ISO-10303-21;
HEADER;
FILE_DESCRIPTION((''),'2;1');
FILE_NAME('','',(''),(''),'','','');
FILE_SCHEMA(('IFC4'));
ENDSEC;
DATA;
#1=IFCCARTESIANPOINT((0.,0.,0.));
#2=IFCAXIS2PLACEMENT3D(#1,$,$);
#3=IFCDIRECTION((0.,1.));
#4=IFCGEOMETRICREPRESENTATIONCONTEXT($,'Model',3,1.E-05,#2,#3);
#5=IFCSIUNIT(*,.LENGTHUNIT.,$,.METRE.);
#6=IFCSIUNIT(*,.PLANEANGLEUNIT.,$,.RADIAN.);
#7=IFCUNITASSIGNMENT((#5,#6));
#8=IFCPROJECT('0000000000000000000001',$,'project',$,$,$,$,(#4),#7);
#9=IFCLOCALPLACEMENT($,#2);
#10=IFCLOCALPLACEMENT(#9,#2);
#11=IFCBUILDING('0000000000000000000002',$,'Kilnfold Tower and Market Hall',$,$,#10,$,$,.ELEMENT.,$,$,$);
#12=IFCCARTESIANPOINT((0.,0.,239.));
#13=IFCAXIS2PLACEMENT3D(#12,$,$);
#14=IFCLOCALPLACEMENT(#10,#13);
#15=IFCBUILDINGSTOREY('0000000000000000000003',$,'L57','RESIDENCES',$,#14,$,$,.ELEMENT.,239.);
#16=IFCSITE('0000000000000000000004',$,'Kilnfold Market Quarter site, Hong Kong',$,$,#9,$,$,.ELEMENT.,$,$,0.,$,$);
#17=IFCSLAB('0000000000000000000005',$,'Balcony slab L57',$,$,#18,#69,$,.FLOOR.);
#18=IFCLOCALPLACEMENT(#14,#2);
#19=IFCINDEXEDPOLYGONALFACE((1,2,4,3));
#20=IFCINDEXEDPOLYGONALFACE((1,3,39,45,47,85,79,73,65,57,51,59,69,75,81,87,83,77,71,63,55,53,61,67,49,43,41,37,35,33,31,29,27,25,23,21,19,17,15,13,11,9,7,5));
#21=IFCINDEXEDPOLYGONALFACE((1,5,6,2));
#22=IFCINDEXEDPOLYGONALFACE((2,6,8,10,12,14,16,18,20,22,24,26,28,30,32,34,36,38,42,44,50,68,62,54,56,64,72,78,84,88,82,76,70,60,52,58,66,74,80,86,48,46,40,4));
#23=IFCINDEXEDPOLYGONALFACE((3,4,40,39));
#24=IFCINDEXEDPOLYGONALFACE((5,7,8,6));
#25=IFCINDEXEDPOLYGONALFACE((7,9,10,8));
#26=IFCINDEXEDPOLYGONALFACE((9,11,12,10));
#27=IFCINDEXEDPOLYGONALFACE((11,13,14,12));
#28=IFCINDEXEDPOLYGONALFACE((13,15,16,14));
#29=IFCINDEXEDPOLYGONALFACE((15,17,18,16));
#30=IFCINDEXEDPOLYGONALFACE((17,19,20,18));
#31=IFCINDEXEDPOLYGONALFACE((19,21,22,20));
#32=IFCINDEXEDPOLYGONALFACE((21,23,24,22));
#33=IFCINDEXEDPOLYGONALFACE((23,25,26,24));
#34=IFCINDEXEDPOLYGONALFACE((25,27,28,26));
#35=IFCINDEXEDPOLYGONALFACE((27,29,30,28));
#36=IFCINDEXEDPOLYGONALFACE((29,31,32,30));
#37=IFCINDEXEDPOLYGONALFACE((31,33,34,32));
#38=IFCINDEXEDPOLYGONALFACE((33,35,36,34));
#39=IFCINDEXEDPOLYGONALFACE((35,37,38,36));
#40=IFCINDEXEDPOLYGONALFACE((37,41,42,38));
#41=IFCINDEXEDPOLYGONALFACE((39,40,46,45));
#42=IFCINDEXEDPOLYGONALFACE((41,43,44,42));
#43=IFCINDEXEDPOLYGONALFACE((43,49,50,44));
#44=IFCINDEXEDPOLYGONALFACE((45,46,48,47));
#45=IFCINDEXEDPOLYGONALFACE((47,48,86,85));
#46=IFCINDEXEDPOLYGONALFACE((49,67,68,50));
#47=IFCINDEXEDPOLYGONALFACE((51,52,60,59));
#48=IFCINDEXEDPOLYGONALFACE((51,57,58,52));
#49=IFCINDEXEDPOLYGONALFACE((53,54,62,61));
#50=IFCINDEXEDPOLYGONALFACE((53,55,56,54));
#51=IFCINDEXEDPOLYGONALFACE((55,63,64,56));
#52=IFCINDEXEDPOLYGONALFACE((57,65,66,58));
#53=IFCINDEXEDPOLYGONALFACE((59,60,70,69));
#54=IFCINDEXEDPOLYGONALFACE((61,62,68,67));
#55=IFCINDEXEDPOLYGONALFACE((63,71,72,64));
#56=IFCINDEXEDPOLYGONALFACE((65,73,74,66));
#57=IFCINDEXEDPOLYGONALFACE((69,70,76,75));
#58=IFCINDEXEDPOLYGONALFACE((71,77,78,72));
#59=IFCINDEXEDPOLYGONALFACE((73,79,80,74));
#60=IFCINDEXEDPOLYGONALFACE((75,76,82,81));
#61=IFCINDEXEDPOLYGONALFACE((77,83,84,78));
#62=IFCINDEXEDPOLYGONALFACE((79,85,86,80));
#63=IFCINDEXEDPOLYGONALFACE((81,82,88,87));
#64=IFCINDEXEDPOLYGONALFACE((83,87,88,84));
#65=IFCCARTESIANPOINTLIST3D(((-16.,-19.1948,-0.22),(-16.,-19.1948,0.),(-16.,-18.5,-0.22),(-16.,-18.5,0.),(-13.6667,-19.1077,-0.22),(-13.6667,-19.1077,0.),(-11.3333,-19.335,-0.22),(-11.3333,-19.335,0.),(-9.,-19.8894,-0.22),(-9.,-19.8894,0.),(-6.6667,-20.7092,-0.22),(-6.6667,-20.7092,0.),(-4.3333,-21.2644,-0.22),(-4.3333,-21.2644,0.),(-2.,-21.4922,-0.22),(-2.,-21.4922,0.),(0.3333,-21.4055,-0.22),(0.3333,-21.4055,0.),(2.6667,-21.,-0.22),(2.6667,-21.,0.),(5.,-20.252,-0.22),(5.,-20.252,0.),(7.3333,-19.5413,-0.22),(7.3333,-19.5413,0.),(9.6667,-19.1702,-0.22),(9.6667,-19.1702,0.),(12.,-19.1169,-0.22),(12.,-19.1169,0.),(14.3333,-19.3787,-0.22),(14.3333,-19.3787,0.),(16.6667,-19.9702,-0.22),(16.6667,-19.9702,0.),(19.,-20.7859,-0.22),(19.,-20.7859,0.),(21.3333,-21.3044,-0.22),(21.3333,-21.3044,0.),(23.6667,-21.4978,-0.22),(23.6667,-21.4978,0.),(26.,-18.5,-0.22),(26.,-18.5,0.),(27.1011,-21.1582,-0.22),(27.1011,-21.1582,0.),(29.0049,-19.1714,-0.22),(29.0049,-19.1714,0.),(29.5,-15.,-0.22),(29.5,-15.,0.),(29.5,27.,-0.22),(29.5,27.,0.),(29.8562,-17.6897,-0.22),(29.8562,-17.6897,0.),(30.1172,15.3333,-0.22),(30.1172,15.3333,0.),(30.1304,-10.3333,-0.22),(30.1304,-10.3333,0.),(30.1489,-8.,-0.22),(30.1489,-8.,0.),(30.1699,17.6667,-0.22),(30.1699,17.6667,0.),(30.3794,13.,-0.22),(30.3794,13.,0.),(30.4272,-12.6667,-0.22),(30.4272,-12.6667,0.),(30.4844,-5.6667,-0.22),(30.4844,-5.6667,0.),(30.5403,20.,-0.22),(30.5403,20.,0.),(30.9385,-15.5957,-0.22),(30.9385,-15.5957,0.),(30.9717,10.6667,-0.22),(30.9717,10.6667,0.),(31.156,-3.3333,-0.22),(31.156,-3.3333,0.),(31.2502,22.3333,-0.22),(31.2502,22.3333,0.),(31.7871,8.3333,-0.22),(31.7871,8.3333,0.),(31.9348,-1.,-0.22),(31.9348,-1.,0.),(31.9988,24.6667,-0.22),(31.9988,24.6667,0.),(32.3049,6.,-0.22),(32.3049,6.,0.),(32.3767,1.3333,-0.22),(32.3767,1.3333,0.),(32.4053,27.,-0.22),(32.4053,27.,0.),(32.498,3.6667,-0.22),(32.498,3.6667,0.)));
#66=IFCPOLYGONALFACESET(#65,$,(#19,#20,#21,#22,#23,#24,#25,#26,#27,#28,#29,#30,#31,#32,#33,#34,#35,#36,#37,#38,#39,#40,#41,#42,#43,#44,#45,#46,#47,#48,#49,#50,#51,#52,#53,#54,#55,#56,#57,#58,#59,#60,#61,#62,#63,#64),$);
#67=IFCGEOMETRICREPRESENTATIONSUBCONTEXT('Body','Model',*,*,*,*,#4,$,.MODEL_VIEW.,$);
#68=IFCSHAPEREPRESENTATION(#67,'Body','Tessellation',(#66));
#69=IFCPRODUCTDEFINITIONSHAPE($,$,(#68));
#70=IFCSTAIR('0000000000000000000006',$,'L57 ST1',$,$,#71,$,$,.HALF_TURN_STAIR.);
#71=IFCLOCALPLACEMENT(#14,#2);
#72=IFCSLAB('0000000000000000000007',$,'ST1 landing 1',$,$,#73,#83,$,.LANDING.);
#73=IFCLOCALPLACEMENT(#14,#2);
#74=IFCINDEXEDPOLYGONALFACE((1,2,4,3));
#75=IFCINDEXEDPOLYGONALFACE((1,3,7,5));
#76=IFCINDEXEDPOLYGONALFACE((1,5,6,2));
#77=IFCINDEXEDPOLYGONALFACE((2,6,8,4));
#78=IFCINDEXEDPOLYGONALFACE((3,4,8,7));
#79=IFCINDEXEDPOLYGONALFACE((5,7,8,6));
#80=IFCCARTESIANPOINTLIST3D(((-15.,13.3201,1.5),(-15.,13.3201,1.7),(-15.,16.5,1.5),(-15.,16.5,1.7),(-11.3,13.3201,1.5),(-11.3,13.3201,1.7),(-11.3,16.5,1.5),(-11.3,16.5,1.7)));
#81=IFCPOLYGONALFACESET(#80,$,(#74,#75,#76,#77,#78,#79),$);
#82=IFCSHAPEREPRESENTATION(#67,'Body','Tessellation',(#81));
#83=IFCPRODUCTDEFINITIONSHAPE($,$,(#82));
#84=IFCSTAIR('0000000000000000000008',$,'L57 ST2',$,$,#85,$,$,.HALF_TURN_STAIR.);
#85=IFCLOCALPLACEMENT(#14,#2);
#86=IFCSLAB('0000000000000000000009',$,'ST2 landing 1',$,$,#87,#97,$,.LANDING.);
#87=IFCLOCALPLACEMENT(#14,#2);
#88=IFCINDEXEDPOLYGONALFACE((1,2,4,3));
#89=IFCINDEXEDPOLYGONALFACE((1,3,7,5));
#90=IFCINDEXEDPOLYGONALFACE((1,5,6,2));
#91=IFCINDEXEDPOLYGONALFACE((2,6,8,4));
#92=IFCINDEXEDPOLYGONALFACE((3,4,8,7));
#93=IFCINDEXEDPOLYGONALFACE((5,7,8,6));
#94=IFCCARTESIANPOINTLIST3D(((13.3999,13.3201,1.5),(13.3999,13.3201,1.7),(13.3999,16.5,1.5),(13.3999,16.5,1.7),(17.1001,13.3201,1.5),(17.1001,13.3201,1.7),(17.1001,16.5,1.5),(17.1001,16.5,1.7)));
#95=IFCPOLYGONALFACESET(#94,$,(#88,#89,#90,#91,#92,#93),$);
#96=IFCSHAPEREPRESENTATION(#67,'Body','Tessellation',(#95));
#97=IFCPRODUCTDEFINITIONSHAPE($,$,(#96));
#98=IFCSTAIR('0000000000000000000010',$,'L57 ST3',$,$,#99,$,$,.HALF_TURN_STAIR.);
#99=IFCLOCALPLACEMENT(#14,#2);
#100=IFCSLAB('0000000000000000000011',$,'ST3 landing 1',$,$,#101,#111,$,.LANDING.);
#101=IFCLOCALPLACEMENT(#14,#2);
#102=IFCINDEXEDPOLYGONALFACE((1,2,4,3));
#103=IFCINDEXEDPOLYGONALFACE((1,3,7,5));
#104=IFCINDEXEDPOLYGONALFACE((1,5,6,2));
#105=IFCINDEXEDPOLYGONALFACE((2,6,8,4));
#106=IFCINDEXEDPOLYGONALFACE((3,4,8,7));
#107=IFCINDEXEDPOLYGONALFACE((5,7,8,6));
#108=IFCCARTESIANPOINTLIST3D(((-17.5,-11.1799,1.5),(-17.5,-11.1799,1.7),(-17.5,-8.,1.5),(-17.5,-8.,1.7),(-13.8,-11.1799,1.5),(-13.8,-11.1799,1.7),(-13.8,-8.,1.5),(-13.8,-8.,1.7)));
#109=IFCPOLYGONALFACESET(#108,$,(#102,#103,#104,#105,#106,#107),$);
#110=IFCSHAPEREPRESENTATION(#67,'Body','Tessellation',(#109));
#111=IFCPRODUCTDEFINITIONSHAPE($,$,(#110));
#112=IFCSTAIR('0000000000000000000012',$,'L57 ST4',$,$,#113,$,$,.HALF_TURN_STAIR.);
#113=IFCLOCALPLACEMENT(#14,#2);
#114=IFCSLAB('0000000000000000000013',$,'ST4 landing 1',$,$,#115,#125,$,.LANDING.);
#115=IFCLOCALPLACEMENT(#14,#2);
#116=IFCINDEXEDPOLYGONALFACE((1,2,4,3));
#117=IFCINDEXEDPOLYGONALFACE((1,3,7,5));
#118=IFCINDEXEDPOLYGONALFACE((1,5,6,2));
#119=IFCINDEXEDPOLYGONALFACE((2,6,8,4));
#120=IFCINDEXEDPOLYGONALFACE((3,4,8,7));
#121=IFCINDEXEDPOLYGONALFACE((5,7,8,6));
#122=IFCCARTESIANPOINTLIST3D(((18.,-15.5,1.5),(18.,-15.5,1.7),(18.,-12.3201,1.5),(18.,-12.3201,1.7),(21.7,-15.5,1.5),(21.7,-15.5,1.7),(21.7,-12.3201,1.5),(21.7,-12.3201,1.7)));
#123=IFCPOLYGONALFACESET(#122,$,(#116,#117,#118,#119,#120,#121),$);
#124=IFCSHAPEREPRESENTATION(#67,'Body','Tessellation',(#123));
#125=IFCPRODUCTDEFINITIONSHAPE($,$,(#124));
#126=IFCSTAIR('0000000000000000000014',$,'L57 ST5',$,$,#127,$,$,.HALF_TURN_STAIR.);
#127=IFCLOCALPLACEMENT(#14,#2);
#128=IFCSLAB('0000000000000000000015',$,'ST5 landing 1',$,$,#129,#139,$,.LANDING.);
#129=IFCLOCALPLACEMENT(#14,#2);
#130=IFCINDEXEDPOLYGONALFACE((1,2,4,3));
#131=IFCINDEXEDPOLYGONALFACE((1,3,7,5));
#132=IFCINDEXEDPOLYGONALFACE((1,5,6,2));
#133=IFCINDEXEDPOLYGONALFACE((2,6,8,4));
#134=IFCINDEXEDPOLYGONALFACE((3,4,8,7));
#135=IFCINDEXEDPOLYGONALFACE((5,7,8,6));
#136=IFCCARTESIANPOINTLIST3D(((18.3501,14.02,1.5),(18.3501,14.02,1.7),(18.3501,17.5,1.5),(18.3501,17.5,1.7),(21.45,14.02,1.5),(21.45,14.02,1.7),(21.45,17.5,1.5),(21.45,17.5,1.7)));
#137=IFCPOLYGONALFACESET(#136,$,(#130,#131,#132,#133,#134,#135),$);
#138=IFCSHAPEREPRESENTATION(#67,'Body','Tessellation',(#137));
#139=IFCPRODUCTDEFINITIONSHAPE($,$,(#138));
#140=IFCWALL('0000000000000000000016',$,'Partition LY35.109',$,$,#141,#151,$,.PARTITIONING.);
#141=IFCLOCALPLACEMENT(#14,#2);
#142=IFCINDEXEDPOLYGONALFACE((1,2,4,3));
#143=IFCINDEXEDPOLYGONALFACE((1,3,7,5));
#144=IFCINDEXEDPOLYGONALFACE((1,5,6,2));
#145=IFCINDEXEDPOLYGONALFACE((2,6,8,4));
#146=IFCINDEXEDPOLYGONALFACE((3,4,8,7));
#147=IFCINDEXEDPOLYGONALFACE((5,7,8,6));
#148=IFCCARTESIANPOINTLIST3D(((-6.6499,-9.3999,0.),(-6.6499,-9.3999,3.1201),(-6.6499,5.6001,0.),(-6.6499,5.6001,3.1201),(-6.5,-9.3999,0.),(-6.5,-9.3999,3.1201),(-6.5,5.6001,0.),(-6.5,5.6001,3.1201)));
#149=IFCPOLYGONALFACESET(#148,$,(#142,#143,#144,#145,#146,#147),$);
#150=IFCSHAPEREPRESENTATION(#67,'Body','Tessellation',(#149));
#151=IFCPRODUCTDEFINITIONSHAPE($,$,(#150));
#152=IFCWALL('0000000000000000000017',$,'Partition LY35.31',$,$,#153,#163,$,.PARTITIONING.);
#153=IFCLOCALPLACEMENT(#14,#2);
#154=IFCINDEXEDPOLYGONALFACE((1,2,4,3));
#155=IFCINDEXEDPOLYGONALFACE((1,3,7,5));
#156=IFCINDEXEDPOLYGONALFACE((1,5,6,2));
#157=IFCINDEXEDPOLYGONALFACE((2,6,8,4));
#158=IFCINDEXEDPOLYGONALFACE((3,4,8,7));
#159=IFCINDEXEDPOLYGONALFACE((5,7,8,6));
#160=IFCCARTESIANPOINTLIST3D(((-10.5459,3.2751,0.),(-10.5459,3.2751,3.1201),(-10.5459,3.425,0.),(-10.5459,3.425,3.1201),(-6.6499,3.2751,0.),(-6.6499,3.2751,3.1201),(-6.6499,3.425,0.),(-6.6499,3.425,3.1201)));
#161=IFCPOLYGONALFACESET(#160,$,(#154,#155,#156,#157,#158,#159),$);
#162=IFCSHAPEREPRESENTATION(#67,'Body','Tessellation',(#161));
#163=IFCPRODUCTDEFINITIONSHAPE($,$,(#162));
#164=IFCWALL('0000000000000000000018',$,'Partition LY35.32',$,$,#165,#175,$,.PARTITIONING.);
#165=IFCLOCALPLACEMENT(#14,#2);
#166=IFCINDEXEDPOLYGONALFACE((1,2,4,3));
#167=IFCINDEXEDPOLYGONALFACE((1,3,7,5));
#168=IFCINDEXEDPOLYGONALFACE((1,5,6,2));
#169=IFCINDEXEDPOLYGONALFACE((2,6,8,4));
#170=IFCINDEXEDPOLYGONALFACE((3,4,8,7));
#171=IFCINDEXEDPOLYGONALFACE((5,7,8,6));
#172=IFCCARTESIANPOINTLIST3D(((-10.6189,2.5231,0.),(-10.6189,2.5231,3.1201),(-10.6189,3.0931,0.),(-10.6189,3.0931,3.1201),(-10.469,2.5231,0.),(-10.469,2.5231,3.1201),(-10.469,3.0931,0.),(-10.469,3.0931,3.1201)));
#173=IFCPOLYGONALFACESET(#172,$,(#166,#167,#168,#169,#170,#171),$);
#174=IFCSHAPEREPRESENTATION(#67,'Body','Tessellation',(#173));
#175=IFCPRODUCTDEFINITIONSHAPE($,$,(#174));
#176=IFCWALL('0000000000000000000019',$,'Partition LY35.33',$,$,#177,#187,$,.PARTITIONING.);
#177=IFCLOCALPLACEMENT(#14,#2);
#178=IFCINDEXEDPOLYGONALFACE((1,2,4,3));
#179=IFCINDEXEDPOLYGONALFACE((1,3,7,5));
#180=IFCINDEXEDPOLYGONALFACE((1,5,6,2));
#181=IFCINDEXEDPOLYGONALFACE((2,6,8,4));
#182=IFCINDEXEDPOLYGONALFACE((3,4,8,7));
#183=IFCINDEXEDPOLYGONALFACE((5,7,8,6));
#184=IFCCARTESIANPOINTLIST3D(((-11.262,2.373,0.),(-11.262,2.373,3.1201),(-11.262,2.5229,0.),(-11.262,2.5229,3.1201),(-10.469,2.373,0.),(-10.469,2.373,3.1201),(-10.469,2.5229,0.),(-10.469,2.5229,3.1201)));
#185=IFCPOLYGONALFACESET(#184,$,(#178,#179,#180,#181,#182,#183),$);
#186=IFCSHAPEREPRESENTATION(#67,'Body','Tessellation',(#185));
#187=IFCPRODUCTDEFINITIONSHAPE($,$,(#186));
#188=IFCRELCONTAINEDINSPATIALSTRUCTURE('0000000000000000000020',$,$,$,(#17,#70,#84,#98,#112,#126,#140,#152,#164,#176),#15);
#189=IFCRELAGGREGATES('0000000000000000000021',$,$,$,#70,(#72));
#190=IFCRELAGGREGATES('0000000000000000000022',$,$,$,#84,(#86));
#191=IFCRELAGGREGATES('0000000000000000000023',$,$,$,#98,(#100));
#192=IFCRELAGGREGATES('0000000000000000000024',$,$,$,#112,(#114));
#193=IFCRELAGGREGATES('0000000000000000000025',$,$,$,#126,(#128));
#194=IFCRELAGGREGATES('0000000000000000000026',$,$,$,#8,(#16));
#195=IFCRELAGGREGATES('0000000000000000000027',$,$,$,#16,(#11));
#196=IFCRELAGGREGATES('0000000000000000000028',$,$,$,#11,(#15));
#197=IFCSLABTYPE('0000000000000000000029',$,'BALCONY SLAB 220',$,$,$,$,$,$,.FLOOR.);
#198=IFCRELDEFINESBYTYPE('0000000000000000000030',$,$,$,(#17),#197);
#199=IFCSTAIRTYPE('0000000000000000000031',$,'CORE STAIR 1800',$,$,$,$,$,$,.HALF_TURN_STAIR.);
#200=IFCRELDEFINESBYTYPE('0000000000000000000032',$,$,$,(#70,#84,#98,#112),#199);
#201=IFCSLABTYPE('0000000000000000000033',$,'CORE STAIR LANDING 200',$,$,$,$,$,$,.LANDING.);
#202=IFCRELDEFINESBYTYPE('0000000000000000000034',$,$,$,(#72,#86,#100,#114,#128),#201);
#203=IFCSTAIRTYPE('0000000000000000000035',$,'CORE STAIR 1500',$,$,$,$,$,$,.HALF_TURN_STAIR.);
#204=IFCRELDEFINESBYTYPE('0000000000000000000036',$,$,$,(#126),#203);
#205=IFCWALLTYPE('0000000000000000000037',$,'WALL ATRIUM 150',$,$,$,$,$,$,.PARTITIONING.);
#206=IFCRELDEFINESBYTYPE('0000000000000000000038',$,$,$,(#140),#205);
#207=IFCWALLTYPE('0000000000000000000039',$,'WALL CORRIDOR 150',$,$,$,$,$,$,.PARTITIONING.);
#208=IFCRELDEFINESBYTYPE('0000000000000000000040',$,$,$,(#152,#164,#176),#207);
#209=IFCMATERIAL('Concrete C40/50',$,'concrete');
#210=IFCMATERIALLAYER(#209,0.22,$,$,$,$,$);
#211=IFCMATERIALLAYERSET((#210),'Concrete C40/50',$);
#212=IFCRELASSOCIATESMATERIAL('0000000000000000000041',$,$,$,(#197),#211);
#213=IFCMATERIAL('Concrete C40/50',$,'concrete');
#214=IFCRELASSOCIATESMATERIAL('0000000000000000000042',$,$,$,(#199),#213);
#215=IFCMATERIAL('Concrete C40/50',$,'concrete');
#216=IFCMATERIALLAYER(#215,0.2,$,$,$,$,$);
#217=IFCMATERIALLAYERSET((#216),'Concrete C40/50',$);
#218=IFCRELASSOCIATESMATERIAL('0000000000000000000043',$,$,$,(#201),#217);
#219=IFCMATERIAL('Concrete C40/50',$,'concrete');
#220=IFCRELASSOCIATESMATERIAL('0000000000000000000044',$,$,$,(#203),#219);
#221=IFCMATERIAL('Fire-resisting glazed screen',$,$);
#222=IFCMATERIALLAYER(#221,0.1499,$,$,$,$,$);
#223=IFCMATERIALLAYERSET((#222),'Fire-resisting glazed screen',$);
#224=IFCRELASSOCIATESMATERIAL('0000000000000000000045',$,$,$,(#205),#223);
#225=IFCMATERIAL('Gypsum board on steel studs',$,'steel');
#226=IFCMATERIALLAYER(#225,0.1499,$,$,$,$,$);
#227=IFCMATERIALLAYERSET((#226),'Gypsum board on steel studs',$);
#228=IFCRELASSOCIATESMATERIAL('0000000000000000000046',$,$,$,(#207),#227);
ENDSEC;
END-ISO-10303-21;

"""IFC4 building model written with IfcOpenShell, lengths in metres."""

from ifc_helpers import new_model, si_unit, direction, frame, frame_2d, origin, place, context, subcontext, project, spatial, polyline, rectangle, outline, extrude, source, transform, mapped, material, layer, layer_set, type_object, element, aggregate, save


model = new_model("IFC4")

# Units and contexts
model_context = context("Model", 3, precision=1e-05, world=origin(), true_north=direction((0.0, 1.0)))
body_context = subcontext(model_context, "Body", "Model", "MODEL_VIEW")
ifc_project = project(units=[si_unit("LENGTHUNIT", "METRE"), si_unit("PLANEANGLEUNIT", "RADIAN")], contexts=[model_context])

# Site, building, storey
site_placement = place(None, origin())
site = spatial("IfcSite", under=ifc_project, at=site_placement, Name="Kilnfold Market Quarter site, Hong Kong", CompositionType="ELEMENT", RefElevation=0.0)
building_placement = place(site_placement, origin())
building = spatial("IfcBuilding", under=site, at=building_placement, Name="Kilnfold Tower and Market Hall", CompositionType="ELEMENT")
storey_placement = place(building_placement, frame((0.0, 0.0, 239.0)))
storey = spatial("IfcBuildingStorey", under=building, at=storey_placement, Name="L57", Description="RESIDENCES", CompositionType="ELEMENT", Elevation=239.0)

# Slab
ifc_material_1 = material(Name="Concrete C40/50", Category="concrete")
ifc_layer_1 = layer(ifc_material_1, 0.22)
ifc_layer_set_1 = layer_set([ifc_layer_1], Name="Concrete C40/50")
slab_type_1 = type_object("IfcSlabType", Name="BALCONY SLAB 220", PredefinedType="FLOOR", material=ifc_layer_set_1)
shared_shape_1 = source(origin(), body_context, "Body", "SweptSolid", [
    extrude(outline(polyline([(-16.0, -18.5), (26.0, -18.5), (29.5, -15.0), (29.5, 27.0), (32.4053, 27.0), (31.9988, 24.6667), (31.2502, 22.3333), (30.5403, 20.0), (30.1699, 17.6667), (30.1172, 15.3333), (30.3794, 13.0), (30.9717, 10.6667), (31.7871, 8.3333), (32.3049, 6.0), (32.498, 3.6667), (32.3767, 1.3333), (31.9348, -1.0), (31.156, -3.3333), (30.4844, -5.6667), (30.1489, -8.0), (30.1304, -10.3333), (30.4272, -12.6667), (30.9385, -15.5957), (29.8562, -17.6897), (29.0049, -19.1714), (27.1011, -21.1582), (23.6667, -21.4978), (21.3333, -21.3044), (19.0, -20.7859), (16.6667, -19.9702), (14.3333, -19.3787), (12.0, -19.1169), (9.6667, -19.1702), (7.3333, -19.5413), (5.0, -20.252), (2.6667, -21.0), (0.3333, -21.4055), (-2.0, -21.4922), (-4.3333, -21.2644), (-6.6667, -20.7092), (-9.0, -19.8894), (-11.3333, -19.335), (-13.6667, -19.1077), (-16.0, -19.1948), (-16.0, -18.5)])), origin(), (0.0, 0.0, 1.0), 0.22),
])
slab_1_placement = place(storey_placement, frame((0.0, 0.0, -0.22)))
element("IfcSlab", 1, at=slab_1_placement, inside=storey, type_object=slab_type_1, Name="Balcony slab L57", PredefinedType="FLOOR", context=body_context, shape_type="MappedRepresentation", body=[
    mapped(shared_shape_1, transform((0.0, 0.0, 0.0))),
])

# Stairs, slabs
ifc_material_2 = material(Name="Concrete C40/50", Category="concrete")
stair_type_1 = type_object("IfcStairType", Name="CORE STAIR 1800", PredefinedType="HALF_TURN_STAIR", material=ifc_material_2)
stair_1_placement = place(storey_placement, origin())
stair_1 = element("IfcStair", 2, at=stair_1_placement, inside=storey, type_object=stair_type_1, Name="L57 ST1", PredefinedType="HALF_TURN_STAIR")
ifc_material_3 = material(Name="Concrete C40/50", Category="concrete")
ifc_layer_2 = layer(ifc_material_3, 0.2)
ifc_layer_set_2 = layer_set([ifc_layer_2], Name="Concrete C40/50")
slab_type_2 = type_object("IfcSlabType", Name="CORE STAIR LANDING 200", PredefinedType="LANDING", material=ifc_layer_set_2)
shared_shape_2 = source(origin(), body_context, "Body", "SweptSolid", [
    extrude(outline(polyline([(-11.3, 13.3201), (-11.3, 16.5), (-15.0, 16.5), (-15.0, 13.3201), (-11.3, 13.3201)])), origin(), (0.0, 0.0, 1.0), 0.2),
])
slab_2_placement = place(storey_placement, frame((0.0, 0.0, 1.5)))
slab_2 = element("IfcSlab", 3, at=slab_2_placement, type_object=slab_type_2, Name="ST1 landing 1", PredefinedType="LANDING", context=body_context, shape_type="MappedRepresentation", body=[
    mapped(shared_shape_2, transform((0.0, 0.0, 0.0))),
])
aggregate(stair_1, [slab_2])
stair_2_placement = place(storey_placement, origin())
stair_2 = element("IfcStair", 4, at=stair_2_placement, inside=storey, type_object=stair_type_1, Name="L57 ST2", PredefinedType="HALF_TURN_STAIR")
shared_shape_3 = source(origin(), body_context, "Body", "SweptSolid", [
    extrude(outline(polyline([(17.1001, 13.3201), (17.1001, 16.5), (13.3999, 16.5), (13.3999, 13.3201), (17.1001, 13.3201)])), origin(), (0.0, 0.0, 1.0), 0.2),
])
slab_3_placement = place(storey_placement, frame((0.0, 0.0, 1.5)))
slab_3 = element("IfcSlab", 5, at=slab_3_placement, type_object=slab_type_2, Name="ST2 landing 1", PredefinedType="LANDING", context=body_context, shape_type="MappedRepresentation", body=[
    mapped(shared_shape_3, transform((0.0, 0.0, 0.0))),
])
aggregate(stair_2, [slab_3])
stair_3_placement = place(storey_placement, origin())
stair_3 = element("IfcStair", 6, at=stair_3_placement, inside=storey, type_object=stair_type_1, Name="L57 ST3", PredefinedType="HALF_TURN_STAIR")
shared_shape_4 = source(origin(), body_context, "Body", "SweptSolid", [
    extrude(outline(polyline([(-13.8, -11.1799), (-13.8, -8.0), (-17.5, -8.0), (-17.5, -11.1799), (-13.8, -11.1799)])), origin(), (0.0, 0.0, 1.0), 0.2),
])
slab_4_placement = place(storey_placement, frame((0.0, 0.0, 1.5)))
slab_4 = element("IfcSlab", 7, at=slab_4_placement, type_object=slab_type_2, Name="ST3 landing 1", PredefinedType="LANDING", context=body_context, shape_type="MappedRepresentation", body=[
    mapped(shared_shape_4, transform((0.0, 0.0, 0.0))),
])
aggregate(stair_3, [slab_4])
stair_4_placement = place(storey_placement, origin())
stair_4 = element("IfcStair", 8, at=stair_4_placement, inside=storey, type_object=stair_type_1, Name="L57 ST4", PredefinedType="HALF_TURN_STAIR")
shared_shape_5 = source(origin(), body_context, "Body", "SweptSolid", [
    extrude(outline(polyline([(18.0, -12.3201), (18.0, -15.5), (21.7, -15.5), (21.7, -12.3201), (18.0, -12.3201)])), origin(), (0.0, 0.0, 1.0), 0.2),
])
slab_5_placement = place(storey_placement, frame((0.0, 0.0, 1.5)))
slab_5 = element("IfcSlab", 9, at=slab_5_placement, type_object=slab_type_2, Name="ST4 landing 1", PredefinedType="LANDING", context=body_context, shape_type="MappedRepresentation", body=[
    mapped(shared_shape_5, transform((0.0, 0.0, 0.0))),
])
aggregate(stair_4, [slab_5])
ifc_material_4 = material(Name="Concrete C40/50", Category="concrete")
stair_type_2 = type_object("IfcStairType", Name="CORE STAIR 1500", PredefinedType="HALF_TURN_STAIR", material=ifc_material_4)
stair_5_placement = place(storey_placement, origin())
stair_5 = element("IfcStair", 10, at=stair_5_placement, inside=storey, type_object=stair_type_2, Name="L57 ST5", PredefinedType="HALF_TURN_STAIR")
shared_shape_6 = source(origin(), body_context, "Body", "SweptSolid", [
    extrude(outline(polyline([(21.45, 14.02), (21.45, 17.5), (18.3501, 17.5), (18.3501, 14.02), (21.45, 14.02)])), origin(), (0.0, 0.0, 1.0), 0.2),
])
slab_6_placement = place(storey_placement, frame((0.0, 0.0, 1.5)))
slab_6 = element("IfcSlab", 11, at=slab_6_placement, type_object=slab_type_2, Name="ST5 landing 1", PredefinedType="LANDING", context=body_context, shape_type="MappedRepresentation", body=[
    mapped(shared_shape_6, transform((0.0, 0.0, 0.0))),
])
aggregate(stair_5, [slab_6])

# Walls
ifc_material_5 = material(Name="Fire-resisting glazed screen")
ifc_layer_3 = layer(ifc_material_5, 0.1499)
ifc_layer_set_3 = layer_set([ifc_layer_3], Name="Fire-resisting glazed screen")
wall_type_1 = type_object("IfcWallType", Name="WALL ATRIUM 150", PredefinedType="PARTITIONING", material=ifc_layer_set_3)
wall_1_placement = place(storey_placement, frame((-6.575, -9.3999, 0.0), z_axis=(0.0, 0.0, 1.0), x_axis=(0.0, 1.0, 0.0)))
element("IfcWall", 12, at=wall_1_placement, inside=storey, type_object=wall_type_1, Name="Partition LY35.109", PredefinedType="PARTITIONING", context=body_context, shape_type="SweptSolid", body=[
    extrude(rectangle(XDim=15.0, YDim=0.1499, at=frame_2d((7.5, 0.0))), origin(), (0.0, 0.0, 1.0), 3.1201),
])
ifc_material_6 = material(Name="Gypsum board on steel studs", Category="steel")
ifc_layer_4 = layer(ifc_material_6, 0.1499)
ifc_layer_set_4 = layer_set([ifc_layer_4], Name="Gypsum board on steel studs")
wall_type_2 = type_object("IfcWallType", Name="WALL CORRIDOR 150", PredefinedType="PARTITIONING", material=ifc_layer_set_4)
wall_2_placement = place(storey_placement, frame((-10.5459, 3.3501, 0.0), z_axis=(0.0, 0.0, 1.0), x_axis=(1.0, 0.0, 0.0)))
element("IfcWall", 13, at=wall_2_placement, inside=storey, type_object=wall_type_2, Name="Partition LY35.31", PredefinedType="PARTITIONING", context=body_context, shape_type="SweptSolid", body=[
    extrude(rectangle(XDim=3.896, YDim=0.1499, at=frame_2d((1.948, 0.0))), origin(), (0.0, 0.0, 1.0), 3.1201),
])
wall_3_placement = place(storey_placement, frame((-10.5439, 2.5229, 0.0), z_axis=(0.0, 0.0, 1.0), x_axis=(0.0, 1.0, 0.0)))
element("IfcWall", 14, at=wall_3_placement, inside=storey, type_object=wall_type_2, Name="Partition LY35.32", PredefinedType="PARTITIONING", context=body_context, shape_type="SweptSolid", body=[
    extrude(rectangle(XDim=0.5701, YDim=0.1499, at=frame_2d((0.2852, 0.0))), origin(), (0.0, 0.0, 1.0), 3.1201),
])
wall_4_placement = place(storey_placement, frame((-11.262, 2.448, 0.0), z_axis=(0.0, 0.0, 1.0), x_axis=(1.0, 0.0, 0.0)))
element("IfcWall", 15, at=wall_4_placement, inside=storey, type_object=wall_type_2, Name="Partition LY35.33", PredefinedType="PARTITIONING", context=body_context, shape_type="SweptSolid", body=[
    extrude(rectangle(XDim=0.793, YDim=0.1499, at=frame_2d((0.3965, 0.0))), origin(), (0.0, 0.0, 1.0), 3.1201),
])

save(model, "model.ifc")
